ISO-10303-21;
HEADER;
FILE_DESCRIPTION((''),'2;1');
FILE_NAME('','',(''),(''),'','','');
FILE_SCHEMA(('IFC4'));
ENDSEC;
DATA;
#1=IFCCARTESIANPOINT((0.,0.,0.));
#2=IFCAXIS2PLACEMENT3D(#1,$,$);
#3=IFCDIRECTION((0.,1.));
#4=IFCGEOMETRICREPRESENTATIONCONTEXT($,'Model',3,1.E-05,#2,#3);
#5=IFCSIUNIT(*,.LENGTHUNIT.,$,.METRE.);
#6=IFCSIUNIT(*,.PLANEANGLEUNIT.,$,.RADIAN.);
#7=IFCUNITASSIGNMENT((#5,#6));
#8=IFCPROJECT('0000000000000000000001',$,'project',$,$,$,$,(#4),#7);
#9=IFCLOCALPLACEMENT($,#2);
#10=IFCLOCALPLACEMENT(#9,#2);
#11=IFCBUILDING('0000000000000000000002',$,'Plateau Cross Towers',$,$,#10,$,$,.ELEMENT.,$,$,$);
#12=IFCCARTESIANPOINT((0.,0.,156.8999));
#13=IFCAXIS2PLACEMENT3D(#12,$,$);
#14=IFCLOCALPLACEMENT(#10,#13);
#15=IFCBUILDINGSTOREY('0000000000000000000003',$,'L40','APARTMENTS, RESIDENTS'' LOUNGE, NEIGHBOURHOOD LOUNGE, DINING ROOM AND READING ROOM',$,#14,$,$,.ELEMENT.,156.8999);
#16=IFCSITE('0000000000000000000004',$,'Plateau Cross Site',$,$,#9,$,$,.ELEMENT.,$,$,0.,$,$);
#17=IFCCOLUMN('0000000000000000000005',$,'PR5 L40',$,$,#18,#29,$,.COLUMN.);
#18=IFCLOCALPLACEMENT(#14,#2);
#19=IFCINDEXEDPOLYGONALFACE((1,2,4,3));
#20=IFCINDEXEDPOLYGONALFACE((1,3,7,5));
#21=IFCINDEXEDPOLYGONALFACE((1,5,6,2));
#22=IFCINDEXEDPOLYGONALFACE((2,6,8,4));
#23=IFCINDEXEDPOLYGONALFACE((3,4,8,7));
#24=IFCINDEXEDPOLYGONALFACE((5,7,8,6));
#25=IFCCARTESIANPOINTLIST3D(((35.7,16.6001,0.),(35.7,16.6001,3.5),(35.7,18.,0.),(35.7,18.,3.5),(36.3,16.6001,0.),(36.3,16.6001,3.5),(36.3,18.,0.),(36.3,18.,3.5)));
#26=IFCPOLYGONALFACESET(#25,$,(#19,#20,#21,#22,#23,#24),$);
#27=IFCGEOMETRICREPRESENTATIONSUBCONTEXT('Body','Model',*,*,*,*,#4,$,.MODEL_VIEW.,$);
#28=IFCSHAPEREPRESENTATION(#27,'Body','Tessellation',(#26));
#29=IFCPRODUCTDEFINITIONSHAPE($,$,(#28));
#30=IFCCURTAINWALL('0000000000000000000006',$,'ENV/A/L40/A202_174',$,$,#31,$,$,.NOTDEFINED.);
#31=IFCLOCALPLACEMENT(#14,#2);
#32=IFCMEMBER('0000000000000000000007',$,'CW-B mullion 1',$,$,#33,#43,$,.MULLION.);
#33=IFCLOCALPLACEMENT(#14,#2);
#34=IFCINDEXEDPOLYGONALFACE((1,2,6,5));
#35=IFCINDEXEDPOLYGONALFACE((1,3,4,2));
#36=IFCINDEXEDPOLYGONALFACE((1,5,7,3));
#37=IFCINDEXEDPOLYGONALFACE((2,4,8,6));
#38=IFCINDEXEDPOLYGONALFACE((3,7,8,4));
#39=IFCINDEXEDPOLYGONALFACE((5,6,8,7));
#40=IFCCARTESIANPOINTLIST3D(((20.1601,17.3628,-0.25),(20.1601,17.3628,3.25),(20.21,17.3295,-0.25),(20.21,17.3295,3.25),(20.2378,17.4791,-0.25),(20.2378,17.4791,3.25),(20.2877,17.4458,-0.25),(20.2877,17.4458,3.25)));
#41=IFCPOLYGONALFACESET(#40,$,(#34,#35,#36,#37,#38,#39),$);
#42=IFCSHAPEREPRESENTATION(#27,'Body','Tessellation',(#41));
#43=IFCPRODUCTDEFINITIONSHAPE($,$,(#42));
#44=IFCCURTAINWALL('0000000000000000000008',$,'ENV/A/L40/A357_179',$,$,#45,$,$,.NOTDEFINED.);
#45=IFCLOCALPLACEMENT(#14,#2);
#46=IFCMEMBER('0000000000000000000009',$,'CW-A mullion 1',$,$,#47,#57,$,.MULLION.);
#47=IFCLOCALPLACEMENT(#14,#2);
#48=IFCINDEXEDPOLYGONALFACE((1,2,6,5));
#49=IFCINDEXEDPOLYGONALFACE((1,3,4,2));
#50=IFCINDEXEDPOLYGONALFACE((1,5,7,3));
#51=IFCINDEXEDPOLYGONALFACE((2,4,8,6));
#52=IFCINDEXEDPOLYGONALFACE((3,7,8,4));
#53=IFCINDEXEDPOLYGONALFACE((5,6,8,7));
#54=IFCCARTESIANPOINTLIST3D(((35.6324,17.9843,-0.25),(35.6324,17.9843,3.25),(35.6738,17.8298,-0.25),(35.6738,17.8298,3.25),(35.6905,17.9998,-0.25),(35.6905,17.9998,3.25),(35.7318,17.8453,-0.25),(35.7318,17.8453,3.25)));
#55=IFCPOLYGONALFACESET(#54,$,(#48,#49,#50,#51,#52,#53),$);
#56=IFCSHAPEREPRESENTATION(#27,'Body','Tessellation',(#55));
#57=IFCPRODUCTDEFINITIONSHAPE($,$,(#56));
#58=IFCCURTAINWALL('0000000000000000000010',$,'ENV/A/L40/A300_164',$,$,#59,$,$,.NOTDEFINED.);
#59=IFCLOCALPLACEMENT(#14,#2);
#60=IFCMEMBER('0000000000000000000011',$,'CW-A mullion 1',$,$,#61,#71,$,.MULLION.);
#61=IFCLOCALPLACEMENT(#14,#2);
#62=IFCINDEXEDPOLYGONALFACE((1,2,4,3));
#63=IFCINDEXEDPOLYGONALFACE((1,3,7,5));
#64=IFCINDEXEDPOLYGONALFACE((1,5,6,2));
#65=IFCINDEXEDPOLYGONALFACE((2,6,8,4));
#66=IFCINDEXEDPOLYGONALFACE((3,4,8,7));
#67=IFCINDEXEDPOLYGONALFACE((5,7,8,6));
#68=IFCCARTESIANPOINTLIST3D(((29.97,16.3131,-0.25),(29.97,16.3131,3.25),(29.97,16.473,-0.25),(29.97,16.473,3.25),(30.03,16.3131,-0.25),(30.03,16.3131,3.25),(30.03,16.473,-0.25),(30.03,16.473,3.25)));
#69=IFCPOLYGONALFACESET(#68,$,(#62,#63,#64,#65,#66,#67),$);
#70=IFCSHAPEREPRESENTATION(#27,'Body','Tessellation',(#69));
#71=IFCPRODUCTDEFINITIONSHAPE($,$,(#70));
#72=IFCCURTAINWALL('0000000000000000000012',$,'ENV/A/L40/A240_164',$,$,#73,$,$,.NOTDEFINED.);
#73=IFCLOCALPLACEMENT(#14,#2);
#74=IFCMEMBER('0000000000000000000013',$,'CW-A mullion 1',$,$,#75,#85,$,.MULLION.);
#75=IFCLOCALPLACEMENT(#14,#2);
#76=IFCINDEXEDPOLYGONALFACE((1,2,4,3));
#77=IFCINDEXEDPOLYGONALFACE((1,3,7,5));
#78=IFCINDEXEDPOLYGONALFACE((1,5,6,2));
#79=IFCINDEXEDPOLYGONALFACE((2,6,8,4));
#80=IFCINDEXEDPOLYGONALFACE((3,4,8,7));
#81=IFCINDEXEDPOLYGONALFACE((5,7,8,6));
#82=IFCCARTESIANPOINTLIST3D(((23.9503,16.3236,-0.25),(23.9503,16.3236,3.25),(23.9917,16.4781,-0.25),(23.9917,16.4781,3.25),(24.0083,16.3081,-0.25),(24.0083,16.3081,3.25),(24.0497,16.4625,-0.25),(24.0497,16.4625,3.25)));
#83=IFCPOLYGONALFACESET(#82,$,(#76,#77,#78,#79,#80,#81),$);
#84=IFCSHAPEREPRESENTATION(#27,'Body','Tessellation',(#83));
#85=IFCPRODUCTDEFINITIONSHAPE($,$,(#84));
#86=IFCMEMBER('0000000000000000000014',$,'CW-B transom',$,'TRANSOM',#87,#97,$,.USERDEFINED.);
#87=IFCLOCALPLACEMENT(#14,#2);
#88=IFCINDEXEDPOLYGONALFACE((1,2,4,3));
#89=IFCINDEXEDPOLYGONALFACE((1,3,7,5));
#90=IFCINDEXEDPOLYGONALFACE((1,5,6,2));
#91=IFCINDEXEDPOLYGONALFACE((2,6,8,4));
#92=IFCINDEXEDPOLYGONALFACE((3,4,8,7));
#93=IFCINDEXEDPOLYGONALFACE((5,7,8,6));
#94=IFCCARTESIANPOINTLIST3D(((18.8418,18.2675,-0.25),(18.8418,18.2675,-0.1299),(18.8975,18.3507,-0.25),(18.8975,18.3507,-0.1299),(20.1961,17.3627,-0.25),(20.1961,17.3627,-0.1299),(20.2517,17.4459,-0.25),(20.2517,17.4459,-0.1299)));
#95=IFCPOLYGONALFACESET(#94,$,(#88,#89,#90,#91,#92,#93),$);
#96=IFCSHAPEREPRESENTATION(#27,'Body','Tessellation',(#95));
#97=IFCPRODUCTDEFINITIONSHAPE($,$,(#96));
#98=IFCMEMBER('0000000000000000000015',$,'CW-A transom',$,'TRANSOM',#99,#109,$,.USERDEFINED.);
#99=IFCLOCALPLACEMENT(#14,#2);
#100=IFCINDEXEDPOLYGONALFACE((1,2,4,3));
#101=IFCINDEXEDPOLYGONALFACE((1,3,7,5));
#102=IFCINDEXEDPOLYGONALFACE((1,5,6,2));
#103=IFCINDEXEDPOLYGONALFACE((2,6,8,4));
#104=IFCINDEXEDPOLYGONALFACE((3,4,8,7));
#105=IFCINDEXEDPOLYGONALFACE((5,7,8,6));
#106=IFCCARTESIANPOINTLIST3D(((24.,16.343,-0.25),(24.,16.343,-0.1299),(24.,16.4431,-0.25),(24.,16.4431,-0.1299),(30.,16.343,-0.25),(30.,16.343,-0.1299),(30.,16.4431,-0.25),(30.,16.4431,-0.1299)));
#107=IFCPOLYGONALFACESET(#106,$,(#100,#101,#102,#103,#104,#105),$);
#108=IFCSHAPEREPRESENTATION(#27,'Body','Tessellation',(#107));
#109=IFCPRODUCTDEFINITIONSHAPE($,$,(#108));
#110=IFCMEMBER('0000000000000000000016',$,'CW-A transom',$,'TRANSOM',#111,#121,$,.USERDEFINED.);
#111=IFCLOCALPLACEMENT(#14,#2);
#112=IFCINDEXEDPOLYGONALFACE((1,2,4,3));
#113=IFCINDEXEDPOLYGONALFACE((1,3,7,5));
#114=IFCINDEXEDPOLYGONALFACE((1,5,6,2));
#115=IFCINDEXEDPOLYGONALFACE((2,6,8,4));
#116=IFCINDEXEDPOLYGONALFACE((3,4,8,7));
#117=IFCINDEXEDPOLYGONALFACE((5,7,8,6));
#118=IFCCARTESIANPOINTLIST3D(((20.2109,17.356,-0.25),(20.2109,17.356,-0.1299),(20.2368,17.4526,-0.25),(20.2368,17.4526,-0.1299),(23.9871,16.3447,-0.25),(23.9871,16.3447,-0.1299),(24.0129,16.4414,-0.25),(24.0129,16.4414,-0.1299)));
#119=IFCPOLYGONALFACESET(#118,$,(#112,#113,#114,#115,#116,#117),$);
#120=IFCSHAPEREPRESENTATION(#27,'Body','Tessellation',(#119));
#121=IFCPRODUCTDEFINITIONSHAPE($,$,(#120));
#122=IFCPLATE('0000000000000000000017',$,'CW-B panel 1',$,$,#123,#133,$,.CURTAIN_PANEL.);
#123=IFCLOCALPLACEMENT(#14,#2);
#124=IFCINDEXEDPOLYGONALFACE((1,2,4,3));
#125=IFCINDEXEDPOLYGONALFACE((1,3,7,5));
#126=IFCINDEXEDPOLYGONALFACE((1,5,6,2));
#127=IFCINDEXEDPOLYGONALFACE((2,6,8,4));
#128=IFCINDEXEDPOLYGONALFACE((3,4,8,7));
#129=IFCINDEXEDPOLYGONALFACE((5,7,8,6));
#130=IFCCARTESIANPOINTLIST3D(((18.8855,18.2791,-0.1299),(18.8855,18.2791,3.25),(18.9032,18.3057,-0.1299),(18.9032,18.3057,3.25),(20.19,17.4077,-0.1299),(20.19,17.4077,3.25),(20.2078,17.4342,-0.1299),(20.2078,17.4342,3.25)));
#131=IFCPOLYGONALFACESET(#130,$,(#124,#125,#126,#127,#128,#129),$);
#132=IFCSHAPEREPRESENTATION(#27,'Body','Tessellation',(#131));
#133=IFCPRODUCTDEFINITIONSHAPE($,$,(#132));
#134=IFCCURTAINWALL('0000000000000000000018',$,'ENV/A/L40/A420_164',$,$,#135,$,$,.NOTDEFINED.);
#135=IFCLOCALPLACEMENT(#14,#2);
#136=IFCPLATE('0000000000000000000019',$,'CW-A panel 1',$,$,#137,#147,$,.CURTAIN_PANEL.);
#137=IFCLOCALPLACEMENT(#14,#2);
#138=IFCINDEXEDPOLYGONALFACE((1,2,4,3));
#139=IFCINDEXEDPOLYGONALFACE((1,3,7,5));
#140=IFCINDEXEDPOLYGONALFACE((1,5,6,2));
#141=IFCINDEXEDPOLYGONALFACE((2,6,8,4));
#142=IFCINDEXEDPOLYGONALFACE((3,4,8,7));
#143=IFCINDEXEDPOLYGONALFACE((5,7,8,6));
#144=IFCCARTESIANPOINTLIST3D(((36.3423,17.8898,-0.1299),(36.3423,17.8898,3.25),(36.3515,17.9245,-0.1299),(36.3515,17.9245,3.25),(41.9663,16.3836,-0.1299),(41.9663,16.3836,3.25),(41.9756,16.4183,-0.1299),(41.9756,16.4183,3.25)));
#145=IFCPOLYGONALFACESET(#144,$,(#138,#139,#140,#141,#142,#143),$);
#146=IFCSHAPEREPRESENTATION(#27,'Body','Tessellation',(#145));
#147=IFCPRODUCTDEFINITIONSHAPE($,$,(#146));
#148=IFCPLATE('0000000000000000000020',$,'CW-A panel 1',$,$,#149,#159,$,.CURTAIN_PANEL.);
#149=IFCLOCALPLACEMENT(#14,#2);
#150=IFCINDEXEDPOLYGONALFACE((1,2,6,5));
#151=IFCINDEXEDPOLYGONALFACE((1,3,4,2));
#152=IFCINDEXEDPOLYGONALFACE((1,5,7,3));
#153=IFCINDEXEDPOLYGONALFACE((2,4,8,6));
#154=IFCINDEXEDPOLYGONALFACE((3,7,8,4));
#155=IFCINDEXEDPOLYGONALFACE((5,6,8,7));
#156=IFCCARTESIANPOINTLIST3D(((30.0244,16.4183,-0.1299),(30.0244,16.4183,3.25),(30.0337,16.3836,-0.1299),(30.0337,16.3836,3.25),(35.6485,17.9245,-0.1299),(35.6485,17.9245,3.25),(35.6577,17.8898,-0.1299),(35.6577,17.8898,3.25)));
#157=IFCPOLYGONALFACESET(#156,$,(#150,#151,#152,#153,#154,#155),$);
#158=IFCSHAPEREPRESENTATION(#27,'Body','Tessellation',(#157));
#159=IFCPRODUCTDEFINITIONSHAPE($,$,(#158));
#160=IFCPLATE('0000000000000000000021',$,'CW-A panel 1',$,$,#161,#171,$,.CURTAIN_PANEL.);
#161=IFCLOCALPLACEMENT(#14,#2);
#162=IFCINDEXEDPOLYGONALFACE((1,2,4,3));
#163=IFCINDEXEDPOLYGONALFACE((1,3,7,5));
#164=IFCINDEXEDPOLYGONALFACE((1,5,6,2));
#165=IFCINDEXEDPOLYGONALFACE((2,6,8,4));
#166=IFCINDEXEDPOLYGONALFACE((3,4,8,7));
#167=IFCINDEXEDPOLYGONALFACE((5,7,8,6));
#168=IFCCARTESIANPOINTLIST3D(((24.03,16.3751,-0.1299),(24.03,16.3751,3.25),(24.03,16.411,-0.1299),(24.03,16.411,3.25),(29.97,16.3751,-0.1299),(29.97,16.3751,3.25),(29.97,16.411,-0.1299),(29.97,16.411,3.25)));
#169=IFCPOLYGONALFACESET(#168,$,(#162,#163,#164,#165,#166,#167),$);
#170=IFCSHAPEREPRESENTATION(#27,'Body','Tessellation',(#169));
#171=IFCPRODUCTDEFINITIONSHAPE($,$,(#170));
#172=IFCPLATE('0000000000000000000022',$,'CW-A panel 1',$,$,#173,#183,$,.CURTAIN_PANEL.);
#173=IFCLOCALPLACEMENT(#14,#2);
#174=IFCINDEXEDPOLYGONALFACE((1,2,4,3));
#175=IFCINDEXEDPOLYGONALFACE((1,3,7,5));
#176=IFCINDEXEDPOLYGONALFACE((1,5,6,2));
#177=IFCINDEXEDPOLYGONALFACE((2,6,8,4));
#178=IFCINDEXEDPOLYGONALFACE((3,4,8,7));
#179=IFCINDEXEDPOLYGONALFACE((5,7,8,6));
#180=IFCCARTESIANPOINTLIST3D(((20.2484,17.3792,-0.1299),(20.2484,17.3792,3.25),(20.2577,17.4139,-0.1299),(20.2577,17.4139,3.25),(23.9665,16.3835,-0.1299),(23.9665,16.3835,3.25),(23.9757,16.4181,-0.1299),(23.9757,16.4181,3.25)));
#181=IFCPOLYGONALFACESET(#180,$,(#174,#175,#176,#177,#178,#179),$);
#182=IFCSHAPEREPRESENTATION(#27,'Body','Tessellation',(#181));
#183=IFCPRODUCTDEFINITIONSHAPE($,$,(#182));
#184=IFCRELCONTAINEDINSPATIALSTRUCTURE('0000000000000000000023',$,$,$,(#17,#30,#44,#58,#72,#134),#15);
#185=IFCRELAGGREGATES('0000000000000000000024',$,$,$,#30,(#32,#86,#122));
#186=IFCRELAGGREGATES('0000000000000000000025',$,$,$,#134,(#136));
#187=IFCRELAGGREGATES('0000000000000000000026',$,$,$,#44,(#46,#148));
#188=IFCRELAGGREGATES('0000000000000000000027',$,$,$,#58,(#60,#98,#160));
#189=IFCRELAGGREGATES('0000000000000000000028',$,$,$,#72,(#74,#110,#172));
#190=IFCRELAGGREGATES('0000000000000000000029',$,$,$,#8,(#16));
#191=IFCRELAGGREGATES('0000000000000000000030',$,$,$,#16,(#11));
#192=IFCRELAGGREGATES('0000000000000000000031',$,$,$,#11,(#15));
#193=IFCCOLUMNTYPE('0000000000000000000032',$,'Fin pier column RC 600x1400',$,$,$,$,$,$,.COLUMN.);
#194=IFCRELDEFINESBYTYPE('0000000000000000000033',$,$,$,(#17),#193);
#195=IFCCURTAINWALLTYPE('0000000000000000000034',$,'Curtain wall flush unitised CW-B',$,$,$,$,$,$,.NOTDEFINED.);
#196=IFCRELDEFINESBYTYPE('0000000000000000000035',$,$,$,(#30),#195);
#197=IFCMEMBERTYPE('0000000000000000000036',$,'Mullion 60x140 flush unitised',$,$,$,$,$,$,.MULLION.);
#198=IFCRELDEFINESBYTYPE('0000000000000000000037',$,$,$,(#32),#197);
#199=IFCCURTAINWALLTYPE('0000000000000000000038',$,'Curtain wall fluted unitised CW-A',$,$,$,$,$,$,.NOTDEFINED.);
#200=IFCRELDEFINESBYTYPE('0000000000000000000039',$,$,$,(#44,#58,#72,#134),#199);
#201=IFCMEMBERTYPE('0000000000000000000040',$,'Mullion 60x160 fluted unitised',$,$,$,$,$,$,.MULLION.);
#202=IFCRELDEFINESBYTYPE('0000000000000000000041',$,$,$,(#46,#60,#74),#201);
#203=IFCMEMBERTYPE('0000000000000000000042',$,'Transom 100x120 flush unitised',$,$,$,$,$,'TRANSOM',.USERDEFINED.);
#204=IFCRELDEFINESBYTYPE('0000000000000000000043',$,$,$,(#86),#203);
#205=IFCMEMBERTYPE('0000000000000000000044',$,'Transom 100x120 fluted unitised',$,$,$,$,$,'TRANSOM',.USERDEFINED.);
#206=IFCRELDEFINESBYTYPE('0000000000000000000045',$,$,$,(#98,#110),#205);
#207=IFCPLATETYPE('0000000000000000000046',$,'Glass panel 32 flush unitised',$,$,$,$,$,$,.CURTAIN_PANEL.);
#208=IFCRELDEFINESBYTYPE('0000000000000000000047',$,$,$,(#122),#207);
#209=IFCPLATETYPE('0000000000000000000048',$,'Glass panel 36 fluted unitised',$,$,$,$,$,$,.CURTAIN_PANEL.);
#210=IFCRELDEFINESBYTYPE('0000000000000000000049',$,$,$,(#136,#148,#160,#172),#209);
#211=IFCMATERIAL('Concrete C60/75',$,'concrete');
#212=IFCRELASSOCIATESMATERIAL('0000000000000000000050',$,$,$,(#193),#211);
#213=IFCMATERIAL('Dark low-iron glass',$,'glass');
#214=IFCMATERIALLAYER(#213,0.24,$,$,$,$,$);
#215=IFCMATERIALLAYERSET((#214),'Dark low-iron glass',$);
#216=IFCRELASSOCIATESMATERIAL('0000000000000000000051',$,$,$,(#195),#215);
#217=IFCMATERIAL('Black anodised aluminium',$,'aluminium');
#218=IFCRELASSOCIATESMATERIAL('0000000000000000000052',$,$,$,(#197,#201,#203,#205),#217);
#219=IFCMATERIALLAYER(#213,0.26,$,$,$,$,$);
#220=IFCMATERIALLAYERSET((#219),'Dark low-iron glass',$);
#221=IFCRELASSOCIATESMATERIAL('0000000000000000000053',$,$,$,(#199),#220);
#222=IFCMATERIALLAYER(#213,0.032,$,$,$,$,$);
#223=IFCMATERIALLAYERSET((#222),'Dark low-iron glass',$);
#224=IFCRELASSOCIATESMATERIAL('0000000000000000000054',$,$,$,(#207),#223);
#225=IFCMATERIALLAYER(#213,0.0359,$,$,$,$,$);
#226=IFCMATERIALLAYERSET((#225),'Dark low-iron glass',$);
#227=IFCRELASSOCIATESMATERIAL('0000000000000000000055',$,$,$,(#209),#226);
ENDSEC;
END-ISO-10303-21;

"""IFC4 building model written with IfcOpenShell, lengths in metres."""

from ifc_helpers import new_model, si_unit, direction, frame, origin, origin_2d, place, context, subcontext, project, spatial, rectangle, extrude, material, layer, layer_set, material_profile, profile_set, type_object, element, aggregate, save


model = new_model("IFC4")

# Units and contexts
model_context = context("Model", 3, precision=1e-05, world=origin(), true_north=direction((0.0, 1.0)))
body_context = subcontext(model_context, "Body", "Model", "MODEL_VIEW")
ifc_project = project(units=[si_unit("LENGTHUNIT", "METRE"), si_unit("PLANEANGLEUNIT", "RADIAN")], contexts=[model_context])

# Site, building, storey
site_placement = place(None, origin())
site = spatial("IfcSite", under=ifc_project, at=site_placement, Name="Plateau Cross Site", CompositionType="ELEMENT", RefElevation=0.0)
building_placement = place(site_placement, origin())
building = spatial("IfcBuilding", under=site, at=building_placement, Name="Plateau Cross Towers", CompositionType="ELEMENT")
storey_placement = place(building_placement, frame((0.0, 0.0, 156.8999)))
storey = spatial("IfcBuildingStorey", under=building, at=storey_placement, Name="L40", Description="APARTMENTS, RESIDENTS' LOUNGE, NEIGHBOURHOOD LOUNGE, DINING ROOM AND READING ROOM", CompositionType="ELEMENT", Elevation=156.8999)

# Column
ifc_material_1 = material(Name="Concrete C60/75", Category="concrete")
ifc_material_profile_1 = material_profile(ifc_material_1, rectangle(XDim=0.6001, YDim=1.3999, at=origin_2d()), Name="RC 600x1400")
ifc_profile_set_1 = profile_set([ifc_material_profile_1], Name="Concrete C60/75")
column_type = type_object("IfcColumnType", Name="Fin pier column RC 600x1400", PredefinedType="COLUMN", material=ifc_profile_set_1)
column_placement = place(storey_placement, frame((36.0, 17.3, 0.0), z_axis=(0.0, 0.0, 1.0), x_axis=(1.0, 0.0, 0.0)))
element("IfcColumn", 1, at=column_placement, inside=storey, type_object=column_type, Name="PR5 L40", PredefinedType="COLUMN", context=body_context, shape_type="SweptSolid", body=[
    extrude(rectangle(XDim=0.6001, YDim=1.3999, at=origin_2d()), origin(), (0.0, 0.0, 1.0), 3.5),
])

# Curtain walls, members
ifc_material_2 = material(Name="Dark low-iron glass", Category="glass")
ifc_layer_1 = layer(ifc_material_2, 0.24)
ifc_layer_set_1 = layer_set([ifc_layer_1], Name="Dark low-iron glass")
curtain_wall_type_1 = type_object("IfcCurtainWallType", Name="Curtain wall flush unitised CW-B", PredefinedType="NOTDEFINED", material=ifc_layer_set_1)
curtain_wall_1_placement = place(storey_placement, origin())
curtain_wall_1 = element("IfcCurtainWall", 2, at=curtain_wall_1_placement, inside=storey, type_object=curtain_wall_type_1, Name="ENV/A/L40/A202_174", PredefinedType="NOTDEFINED")
ifc_material_3 = material(Name="Black anodised aluminium", Category="aluminium")
ifc_material_profile_2 = material_profile(ifc_material_3, rectangle(XDim=0.0601, YDim=0.1399, at=origin_2d()), Name="MULLION 60x140")
ifc_profile_set_2 = profile_set([ifc_material_profile_2], Name="Black anodised aluminium")
member_type_1 = type_object("IfcMemberType", Name="Mullion 60x140 flush unitised", PredefinedType="MULLION", material=ifc_profile_set_2)
member_1_placement = place(storey_placement, frame((20.2239, 17.4043, -0.25), z_axis=(0.0, 0.0, 1.0), x_axis=(-0.831521, 0.555493, 0.0)))
member_1 = element("IfcMember", 3, at=member_1_placement, type_object=member_type_1, Name="CW-B mullion 1", PredefinedType="MULLION", context=body_context, shape_type="SweptSolid", body=[
    extrude(rectangle(XDim=0.0601, YDim=0.1399, at=origin_2d()), origin(), (0.0, 0.0, 1.0), 3.5),
])
ifc_layer_2 = layer(ifc_material_2, 0.26)
ifc_layer_set_2 = layer_set([ifc_layer_2], Name="Dark low-iron glass")
curtain_wall_type_2 = type_object("IfcCurtainWallType", Name="Curtain wall fluted unitised CW-A", PredefinedType="NOTDEFINED", material=ifc_layer_set_2)
curtain_wall_2_placement = place(storey_placement, origin())
curtain_wall_2 = element("IfcCurtainWall", 4, at=curtain_wall_2_placement, inside=storey, type_object=curtain_wall_type_2, Name="ENV/A/L40/A357_179", PredefinedType="NOTDEFINED")
ifc_material_profile_3 = material_profile(ifc_material_3, rectangle(XDim=0.0601, YDim=0.1599, at=origin_2d()), Name="MULLION 60x160")
ifc_profile_set_3 = profile_set([ifc_material_profile_3], Name="Black anodised aluminium")
member_type_2 = type_object("IfcMemberType", Name="Mullion 60x160 fluted unitised", PredefinedType="MULLION", material=ifc_profile_set_3)
member_2_placement = place(storey_placement, frame((35.6821, 17.9148, -0.25), z_axis=(0.0, 0.0, 1.0), x_axis=(-0.965958, -0.258699, 0.0)))
member_2 = element("IfcMember", 5, at=member_2_placement, type_object=member_type_2, Name="CW-A mullion 1", PredefinedType="MULLION", context=body_context, shape_type="SweptSolid", body=[
    extrude(rectangle(XDim=0.0601, YDim=0.1599, at=origin_2d()), origin(), (0.0, 0.0, 1.0), 3.5),
])
curtain_wall_3_placement = place(storey_placement, origin())
curtain_wall_3 = element("IfcCurtainWall", 6, at=curtain_wall_3_placement, inside=storey, type_object=curtain_wall_type_2, Name="ENV/A/L40/A300_164", PredefinedType="NOTDEFINED")
member_3_placement = place(storey_placement, frame((30.0, 16.3931, -0.25), z_axis=(0.0, 0.0, 1.0), x_axis=(-1.0, 0.0, 0.0)))
member_3 = element("IfcMember", 7, at=member_3_placement, type_object=member_type_2, Name="CW-A mullion 1", PredefinedType="MULLION", context=body_context, shape_type="SweptSolid", body=[
    extrude(rectangle(XDim=0.0601, YDim=0.1599, at=origin_2d()), origin(), (0.0, 0.0, 1.0), 3.5),
])
curtain_wall_4_placement = place(storey_placement, origin())
curtain_wall_4 = element("IfcCurtainWall", 8, at=curtain_wall_4_placement, inside=storey, type_object=curtain_wall_type_2, Name="ENV/A/L40/A240_164", PredefinedType="NOTDEFINED")
member_4_placement = place(storey_placement, frame((24.0, 16.3931, -0.25), z_axis=(0.0, 0.0, 1.0), x_axis=(-0.965958, 0.258699, 0.0)))
member_4 = element("IfcMember", 9, at=member_4_placement, type_object=member_type_2, Name="CW-A mullion 1", PredefinedType="MULLION", context=body_context, shape_type="SweptSolid", body=[
    extrude(rectangle(XDim=0.0601, YDim=0.1599, at=origin_2d()), origin(), (0.0, 0.0, 1.0), 3.5),
])

# Members
ifc_material_profile_4 = material_profile(ifc_material_3, rectangle(XDim=0.1001, YDim=0.1201, at=origin_2d()), Name="TRANSOM 100x120")
ifc_profile_set_4 = profile_set([ifc_material_profile_4], Name="Black anodised aluminium")
member_type_3 = type_object("IfcMemberType", Name="Transom 100x120 flush unitised", ElementType="TRANSOM", PredefinedType="USERDEFINED", material=ifc_profile_set_4)
member_5_placement = place(storey_placement, frame((20.2239, 17.4043, -0.1899), z_axis=(-0.831496, 0.55553, 0.0), x_axis=(-0.55553, -0.831496, 0.0)))
member_5 = element("IfcMember", 10, at=member_5_placement, type_object=member_type_3, Name="CW-B transom", ObjectType="TRANSOM", PredefinedType="USERDEFINED", context=body_context, shape_type="SweptSolid", body=[
    extrude(rectangle(XDim=0.1001, YDim=0.1201, at=origin_2d()), origin(), (0.0, 0.0, 1.0), 1.6287),
])
ifc_material_profile_5 = material_profile(ifc_material_3, rectangle(XDim=0.1001, YDim=0.1201, at=origin_2d()), Name="TRANSOM 100x120")
ifc_profile_set_5 = profile_set([ifc_material_profile_5], Name="Black anodised aluminium")
member_type_4 = type_object("IfcMemberType", Name="Transom 100x120 fluted unitised", ElementType="TRANSOM", PredefinedType="USERDEFINED", material=ifc_profile_set_5)
member_6_placement = place(storey_placement, frame((30.0, 16.3931, -0.1899), z_axis=(-1.0, 0.0, 0.0), x_axis=(0.0, -1.0, 0.0)))
member_6 = element("IfcMember", 11, at=member_6_placement, type_object=member_type_4, Name="CW-A transom", ObjectType="TRANSOM", PredefinedType="USERDEFINED", context=body_context, shape_type="SweptSolid", body=[
    extrude(rectangle(XDim=0.1001, YDim=0.1201, at=origin_2d()), origin(), (0.0, 0.0, 1.0), 6.0),
])
member_7_placement = place(storey_placement, frame((24.0, 16.3931, -0.1899), z_axis=(-0.965963, 0.258681, 0.0), x_axis=(-0.258681, -0.965963, 0.0)))
member_7 = element("IfcMember", 12, at=member_7_placement, type_object=member_type_4, Name="CW-A transom", ObjectType="TRANSOM", PredefinedType="USERDEFINED", context=body_context, shape_type="SweptSolid", body=[
    extrude(rectangle(XDim=0.1001, YDim=0.1201, at=origin_2d()), origin(), (0.0, 0.0, 1.0), 3.9092),
])

# Plate
ifc_layer_3 = layer(ifc_material_2, 0.032)
ifc_layer_set_3 = layer_set([ifc_layer_3], Name="Dark low-iron glass")
plate_type_1 = type_object("IfcPlateType", Name="Glass panel 32 flush unitised", PredefinedType="CURTAIN_PANEL", material=ifc_layer_set_3)
plate_1_placement = place(storey_placement, frame((19.5466, 17.8567, -0.1299), z_axis=(0.0, 0.0, 1.0), x_axis=(-0.831521, 0.555493, 0.0)))
plate_1 = element("IfcPlate", 13, at=plate_1_placement, type_object=plate_type_1, Name="CW-B panel 1", PredefinedType="CURTAIN_PANEL", context=body_context, shape_type="SweptSolid", body=[
    extrude(rectangle(XDim=1.5688, YDim=0.032, at=origin_2d()), origin(), (0.0, 0.0, 1.0), 3.3799),
])
aggregate(curtain_wall_1, [member_1, member_5, plate_1])

# Curtain wall, plate
curtain_wall_5_placement = place(storey_placement, origin())
curtain_wall_5 = element("IfcCurtainWall", 14, at=curtain_wall_5_placement, inside=storey, type_object=curtain_wall_type_2, Name="ENV/A/L40/A420_164", PredefinedType="NOTDEFINED")
ifc_layer_4 = layer(ifc_material_2, 0.0359)
ifc_layer_set_4 = layer_set([ifc_layer_4], Name="Dark low-iron glass")
plate_type_2 = type_object("IfcPlateType", Name="Glass panel 36 fluted unitised", PredefinedType="CURTAIN_PANEL", material=ifc_layer_set_4)
plate_2_placement = place(storey_placement, frame((39.1589, 17.1541, -0.1299), z_axis=(0.0, 0.0, 1.0), x_axis=(-0.965958, 0.258699, 0.0)))
plate_2 = element("IfcPlate", 15, at=plate_2_placement, type_object=plate_type_2, Name="CW-A panel 1", PredefinedType="CURTAIN_PANEL", context=body_context, shape_type="SweptSolid", body=[
    extrude(rectangle(XDim=5.8223, YDim=0.0359, at=origin_2d()), origin(), (0.0, 0.0, 1.0), 3.3799),
])
aggregate(curtain_wall_5, [plate_2])

# Plates
plate_3_placement = place(storey_placement, frame((32.8411, 17.1541, -0.1299), z_axis=(0.0, 0.0, 1.0), x_axis=(-0.965958, -0.258699, 0.0)))
plate_3 = element("IfcPlate", 16, at=plate_3_placement, type_object=plate_type_2, Name="CW-A panel 1", PredefinedType="CURTAIN_PANEL", context=body_context, shape_type="SweptSolid", body=[
    extrude(rectangle(XDim=5.8223, YDim=0.0359, at=origin_2d()), origin(), (0.0, 0.0, 1.0), 3.3799),
])
aggregate(curtain_wall_2, [member_2, plate_3])
plate_4_placement = place(storey_placement, frame((27.0, 16.3931, -0.1299), z_axis=(0.0, 0.0, 1.0), x_axis=(-1.0, 0.0, 0.0)))
plate_4 = element("IfcPlate", 17, at=plate_4_placement, type_object=plate_type_2, Name="CW-A panel 1", PredefinedType="CURTAIN_PANEL", context=body_context, shape_type="SweptSolid", body=[
    extrude(rectangle(XDim=5.9399, YDim=0.0359, at=origin_2d()), origin(), (0.0, 0.0, 1.0), 3.3799),
])
aggregate(curtain_wall_3, [member_3, member_6, plate_4])
plate_5_placement = place(storey_placement, frame((22.1121, 16.8987, -0.1299), z_axis=(0.0, 0.0, 1.0), x_axis=(-0.965958, 0.258699, 0.0)))
plate_5 = element("IfcPlate", 18, at=plate_5_placement, type_object=plate_type_2, Name="CW-A panel 1", PredefinedType="CURTAIN_PANEL", context=body_context, shape_type="SweptSolid", body=[
    extrude(rectangle(XDim=3.8491, YDim=0.0359, at=origin_2d()), origin(), (0.0, 0.0, 1.0), 3.3799),
])
aggregate(curtain_wall_4, [member_4, member_7, plate_5])

save(model, "model.ifc")
